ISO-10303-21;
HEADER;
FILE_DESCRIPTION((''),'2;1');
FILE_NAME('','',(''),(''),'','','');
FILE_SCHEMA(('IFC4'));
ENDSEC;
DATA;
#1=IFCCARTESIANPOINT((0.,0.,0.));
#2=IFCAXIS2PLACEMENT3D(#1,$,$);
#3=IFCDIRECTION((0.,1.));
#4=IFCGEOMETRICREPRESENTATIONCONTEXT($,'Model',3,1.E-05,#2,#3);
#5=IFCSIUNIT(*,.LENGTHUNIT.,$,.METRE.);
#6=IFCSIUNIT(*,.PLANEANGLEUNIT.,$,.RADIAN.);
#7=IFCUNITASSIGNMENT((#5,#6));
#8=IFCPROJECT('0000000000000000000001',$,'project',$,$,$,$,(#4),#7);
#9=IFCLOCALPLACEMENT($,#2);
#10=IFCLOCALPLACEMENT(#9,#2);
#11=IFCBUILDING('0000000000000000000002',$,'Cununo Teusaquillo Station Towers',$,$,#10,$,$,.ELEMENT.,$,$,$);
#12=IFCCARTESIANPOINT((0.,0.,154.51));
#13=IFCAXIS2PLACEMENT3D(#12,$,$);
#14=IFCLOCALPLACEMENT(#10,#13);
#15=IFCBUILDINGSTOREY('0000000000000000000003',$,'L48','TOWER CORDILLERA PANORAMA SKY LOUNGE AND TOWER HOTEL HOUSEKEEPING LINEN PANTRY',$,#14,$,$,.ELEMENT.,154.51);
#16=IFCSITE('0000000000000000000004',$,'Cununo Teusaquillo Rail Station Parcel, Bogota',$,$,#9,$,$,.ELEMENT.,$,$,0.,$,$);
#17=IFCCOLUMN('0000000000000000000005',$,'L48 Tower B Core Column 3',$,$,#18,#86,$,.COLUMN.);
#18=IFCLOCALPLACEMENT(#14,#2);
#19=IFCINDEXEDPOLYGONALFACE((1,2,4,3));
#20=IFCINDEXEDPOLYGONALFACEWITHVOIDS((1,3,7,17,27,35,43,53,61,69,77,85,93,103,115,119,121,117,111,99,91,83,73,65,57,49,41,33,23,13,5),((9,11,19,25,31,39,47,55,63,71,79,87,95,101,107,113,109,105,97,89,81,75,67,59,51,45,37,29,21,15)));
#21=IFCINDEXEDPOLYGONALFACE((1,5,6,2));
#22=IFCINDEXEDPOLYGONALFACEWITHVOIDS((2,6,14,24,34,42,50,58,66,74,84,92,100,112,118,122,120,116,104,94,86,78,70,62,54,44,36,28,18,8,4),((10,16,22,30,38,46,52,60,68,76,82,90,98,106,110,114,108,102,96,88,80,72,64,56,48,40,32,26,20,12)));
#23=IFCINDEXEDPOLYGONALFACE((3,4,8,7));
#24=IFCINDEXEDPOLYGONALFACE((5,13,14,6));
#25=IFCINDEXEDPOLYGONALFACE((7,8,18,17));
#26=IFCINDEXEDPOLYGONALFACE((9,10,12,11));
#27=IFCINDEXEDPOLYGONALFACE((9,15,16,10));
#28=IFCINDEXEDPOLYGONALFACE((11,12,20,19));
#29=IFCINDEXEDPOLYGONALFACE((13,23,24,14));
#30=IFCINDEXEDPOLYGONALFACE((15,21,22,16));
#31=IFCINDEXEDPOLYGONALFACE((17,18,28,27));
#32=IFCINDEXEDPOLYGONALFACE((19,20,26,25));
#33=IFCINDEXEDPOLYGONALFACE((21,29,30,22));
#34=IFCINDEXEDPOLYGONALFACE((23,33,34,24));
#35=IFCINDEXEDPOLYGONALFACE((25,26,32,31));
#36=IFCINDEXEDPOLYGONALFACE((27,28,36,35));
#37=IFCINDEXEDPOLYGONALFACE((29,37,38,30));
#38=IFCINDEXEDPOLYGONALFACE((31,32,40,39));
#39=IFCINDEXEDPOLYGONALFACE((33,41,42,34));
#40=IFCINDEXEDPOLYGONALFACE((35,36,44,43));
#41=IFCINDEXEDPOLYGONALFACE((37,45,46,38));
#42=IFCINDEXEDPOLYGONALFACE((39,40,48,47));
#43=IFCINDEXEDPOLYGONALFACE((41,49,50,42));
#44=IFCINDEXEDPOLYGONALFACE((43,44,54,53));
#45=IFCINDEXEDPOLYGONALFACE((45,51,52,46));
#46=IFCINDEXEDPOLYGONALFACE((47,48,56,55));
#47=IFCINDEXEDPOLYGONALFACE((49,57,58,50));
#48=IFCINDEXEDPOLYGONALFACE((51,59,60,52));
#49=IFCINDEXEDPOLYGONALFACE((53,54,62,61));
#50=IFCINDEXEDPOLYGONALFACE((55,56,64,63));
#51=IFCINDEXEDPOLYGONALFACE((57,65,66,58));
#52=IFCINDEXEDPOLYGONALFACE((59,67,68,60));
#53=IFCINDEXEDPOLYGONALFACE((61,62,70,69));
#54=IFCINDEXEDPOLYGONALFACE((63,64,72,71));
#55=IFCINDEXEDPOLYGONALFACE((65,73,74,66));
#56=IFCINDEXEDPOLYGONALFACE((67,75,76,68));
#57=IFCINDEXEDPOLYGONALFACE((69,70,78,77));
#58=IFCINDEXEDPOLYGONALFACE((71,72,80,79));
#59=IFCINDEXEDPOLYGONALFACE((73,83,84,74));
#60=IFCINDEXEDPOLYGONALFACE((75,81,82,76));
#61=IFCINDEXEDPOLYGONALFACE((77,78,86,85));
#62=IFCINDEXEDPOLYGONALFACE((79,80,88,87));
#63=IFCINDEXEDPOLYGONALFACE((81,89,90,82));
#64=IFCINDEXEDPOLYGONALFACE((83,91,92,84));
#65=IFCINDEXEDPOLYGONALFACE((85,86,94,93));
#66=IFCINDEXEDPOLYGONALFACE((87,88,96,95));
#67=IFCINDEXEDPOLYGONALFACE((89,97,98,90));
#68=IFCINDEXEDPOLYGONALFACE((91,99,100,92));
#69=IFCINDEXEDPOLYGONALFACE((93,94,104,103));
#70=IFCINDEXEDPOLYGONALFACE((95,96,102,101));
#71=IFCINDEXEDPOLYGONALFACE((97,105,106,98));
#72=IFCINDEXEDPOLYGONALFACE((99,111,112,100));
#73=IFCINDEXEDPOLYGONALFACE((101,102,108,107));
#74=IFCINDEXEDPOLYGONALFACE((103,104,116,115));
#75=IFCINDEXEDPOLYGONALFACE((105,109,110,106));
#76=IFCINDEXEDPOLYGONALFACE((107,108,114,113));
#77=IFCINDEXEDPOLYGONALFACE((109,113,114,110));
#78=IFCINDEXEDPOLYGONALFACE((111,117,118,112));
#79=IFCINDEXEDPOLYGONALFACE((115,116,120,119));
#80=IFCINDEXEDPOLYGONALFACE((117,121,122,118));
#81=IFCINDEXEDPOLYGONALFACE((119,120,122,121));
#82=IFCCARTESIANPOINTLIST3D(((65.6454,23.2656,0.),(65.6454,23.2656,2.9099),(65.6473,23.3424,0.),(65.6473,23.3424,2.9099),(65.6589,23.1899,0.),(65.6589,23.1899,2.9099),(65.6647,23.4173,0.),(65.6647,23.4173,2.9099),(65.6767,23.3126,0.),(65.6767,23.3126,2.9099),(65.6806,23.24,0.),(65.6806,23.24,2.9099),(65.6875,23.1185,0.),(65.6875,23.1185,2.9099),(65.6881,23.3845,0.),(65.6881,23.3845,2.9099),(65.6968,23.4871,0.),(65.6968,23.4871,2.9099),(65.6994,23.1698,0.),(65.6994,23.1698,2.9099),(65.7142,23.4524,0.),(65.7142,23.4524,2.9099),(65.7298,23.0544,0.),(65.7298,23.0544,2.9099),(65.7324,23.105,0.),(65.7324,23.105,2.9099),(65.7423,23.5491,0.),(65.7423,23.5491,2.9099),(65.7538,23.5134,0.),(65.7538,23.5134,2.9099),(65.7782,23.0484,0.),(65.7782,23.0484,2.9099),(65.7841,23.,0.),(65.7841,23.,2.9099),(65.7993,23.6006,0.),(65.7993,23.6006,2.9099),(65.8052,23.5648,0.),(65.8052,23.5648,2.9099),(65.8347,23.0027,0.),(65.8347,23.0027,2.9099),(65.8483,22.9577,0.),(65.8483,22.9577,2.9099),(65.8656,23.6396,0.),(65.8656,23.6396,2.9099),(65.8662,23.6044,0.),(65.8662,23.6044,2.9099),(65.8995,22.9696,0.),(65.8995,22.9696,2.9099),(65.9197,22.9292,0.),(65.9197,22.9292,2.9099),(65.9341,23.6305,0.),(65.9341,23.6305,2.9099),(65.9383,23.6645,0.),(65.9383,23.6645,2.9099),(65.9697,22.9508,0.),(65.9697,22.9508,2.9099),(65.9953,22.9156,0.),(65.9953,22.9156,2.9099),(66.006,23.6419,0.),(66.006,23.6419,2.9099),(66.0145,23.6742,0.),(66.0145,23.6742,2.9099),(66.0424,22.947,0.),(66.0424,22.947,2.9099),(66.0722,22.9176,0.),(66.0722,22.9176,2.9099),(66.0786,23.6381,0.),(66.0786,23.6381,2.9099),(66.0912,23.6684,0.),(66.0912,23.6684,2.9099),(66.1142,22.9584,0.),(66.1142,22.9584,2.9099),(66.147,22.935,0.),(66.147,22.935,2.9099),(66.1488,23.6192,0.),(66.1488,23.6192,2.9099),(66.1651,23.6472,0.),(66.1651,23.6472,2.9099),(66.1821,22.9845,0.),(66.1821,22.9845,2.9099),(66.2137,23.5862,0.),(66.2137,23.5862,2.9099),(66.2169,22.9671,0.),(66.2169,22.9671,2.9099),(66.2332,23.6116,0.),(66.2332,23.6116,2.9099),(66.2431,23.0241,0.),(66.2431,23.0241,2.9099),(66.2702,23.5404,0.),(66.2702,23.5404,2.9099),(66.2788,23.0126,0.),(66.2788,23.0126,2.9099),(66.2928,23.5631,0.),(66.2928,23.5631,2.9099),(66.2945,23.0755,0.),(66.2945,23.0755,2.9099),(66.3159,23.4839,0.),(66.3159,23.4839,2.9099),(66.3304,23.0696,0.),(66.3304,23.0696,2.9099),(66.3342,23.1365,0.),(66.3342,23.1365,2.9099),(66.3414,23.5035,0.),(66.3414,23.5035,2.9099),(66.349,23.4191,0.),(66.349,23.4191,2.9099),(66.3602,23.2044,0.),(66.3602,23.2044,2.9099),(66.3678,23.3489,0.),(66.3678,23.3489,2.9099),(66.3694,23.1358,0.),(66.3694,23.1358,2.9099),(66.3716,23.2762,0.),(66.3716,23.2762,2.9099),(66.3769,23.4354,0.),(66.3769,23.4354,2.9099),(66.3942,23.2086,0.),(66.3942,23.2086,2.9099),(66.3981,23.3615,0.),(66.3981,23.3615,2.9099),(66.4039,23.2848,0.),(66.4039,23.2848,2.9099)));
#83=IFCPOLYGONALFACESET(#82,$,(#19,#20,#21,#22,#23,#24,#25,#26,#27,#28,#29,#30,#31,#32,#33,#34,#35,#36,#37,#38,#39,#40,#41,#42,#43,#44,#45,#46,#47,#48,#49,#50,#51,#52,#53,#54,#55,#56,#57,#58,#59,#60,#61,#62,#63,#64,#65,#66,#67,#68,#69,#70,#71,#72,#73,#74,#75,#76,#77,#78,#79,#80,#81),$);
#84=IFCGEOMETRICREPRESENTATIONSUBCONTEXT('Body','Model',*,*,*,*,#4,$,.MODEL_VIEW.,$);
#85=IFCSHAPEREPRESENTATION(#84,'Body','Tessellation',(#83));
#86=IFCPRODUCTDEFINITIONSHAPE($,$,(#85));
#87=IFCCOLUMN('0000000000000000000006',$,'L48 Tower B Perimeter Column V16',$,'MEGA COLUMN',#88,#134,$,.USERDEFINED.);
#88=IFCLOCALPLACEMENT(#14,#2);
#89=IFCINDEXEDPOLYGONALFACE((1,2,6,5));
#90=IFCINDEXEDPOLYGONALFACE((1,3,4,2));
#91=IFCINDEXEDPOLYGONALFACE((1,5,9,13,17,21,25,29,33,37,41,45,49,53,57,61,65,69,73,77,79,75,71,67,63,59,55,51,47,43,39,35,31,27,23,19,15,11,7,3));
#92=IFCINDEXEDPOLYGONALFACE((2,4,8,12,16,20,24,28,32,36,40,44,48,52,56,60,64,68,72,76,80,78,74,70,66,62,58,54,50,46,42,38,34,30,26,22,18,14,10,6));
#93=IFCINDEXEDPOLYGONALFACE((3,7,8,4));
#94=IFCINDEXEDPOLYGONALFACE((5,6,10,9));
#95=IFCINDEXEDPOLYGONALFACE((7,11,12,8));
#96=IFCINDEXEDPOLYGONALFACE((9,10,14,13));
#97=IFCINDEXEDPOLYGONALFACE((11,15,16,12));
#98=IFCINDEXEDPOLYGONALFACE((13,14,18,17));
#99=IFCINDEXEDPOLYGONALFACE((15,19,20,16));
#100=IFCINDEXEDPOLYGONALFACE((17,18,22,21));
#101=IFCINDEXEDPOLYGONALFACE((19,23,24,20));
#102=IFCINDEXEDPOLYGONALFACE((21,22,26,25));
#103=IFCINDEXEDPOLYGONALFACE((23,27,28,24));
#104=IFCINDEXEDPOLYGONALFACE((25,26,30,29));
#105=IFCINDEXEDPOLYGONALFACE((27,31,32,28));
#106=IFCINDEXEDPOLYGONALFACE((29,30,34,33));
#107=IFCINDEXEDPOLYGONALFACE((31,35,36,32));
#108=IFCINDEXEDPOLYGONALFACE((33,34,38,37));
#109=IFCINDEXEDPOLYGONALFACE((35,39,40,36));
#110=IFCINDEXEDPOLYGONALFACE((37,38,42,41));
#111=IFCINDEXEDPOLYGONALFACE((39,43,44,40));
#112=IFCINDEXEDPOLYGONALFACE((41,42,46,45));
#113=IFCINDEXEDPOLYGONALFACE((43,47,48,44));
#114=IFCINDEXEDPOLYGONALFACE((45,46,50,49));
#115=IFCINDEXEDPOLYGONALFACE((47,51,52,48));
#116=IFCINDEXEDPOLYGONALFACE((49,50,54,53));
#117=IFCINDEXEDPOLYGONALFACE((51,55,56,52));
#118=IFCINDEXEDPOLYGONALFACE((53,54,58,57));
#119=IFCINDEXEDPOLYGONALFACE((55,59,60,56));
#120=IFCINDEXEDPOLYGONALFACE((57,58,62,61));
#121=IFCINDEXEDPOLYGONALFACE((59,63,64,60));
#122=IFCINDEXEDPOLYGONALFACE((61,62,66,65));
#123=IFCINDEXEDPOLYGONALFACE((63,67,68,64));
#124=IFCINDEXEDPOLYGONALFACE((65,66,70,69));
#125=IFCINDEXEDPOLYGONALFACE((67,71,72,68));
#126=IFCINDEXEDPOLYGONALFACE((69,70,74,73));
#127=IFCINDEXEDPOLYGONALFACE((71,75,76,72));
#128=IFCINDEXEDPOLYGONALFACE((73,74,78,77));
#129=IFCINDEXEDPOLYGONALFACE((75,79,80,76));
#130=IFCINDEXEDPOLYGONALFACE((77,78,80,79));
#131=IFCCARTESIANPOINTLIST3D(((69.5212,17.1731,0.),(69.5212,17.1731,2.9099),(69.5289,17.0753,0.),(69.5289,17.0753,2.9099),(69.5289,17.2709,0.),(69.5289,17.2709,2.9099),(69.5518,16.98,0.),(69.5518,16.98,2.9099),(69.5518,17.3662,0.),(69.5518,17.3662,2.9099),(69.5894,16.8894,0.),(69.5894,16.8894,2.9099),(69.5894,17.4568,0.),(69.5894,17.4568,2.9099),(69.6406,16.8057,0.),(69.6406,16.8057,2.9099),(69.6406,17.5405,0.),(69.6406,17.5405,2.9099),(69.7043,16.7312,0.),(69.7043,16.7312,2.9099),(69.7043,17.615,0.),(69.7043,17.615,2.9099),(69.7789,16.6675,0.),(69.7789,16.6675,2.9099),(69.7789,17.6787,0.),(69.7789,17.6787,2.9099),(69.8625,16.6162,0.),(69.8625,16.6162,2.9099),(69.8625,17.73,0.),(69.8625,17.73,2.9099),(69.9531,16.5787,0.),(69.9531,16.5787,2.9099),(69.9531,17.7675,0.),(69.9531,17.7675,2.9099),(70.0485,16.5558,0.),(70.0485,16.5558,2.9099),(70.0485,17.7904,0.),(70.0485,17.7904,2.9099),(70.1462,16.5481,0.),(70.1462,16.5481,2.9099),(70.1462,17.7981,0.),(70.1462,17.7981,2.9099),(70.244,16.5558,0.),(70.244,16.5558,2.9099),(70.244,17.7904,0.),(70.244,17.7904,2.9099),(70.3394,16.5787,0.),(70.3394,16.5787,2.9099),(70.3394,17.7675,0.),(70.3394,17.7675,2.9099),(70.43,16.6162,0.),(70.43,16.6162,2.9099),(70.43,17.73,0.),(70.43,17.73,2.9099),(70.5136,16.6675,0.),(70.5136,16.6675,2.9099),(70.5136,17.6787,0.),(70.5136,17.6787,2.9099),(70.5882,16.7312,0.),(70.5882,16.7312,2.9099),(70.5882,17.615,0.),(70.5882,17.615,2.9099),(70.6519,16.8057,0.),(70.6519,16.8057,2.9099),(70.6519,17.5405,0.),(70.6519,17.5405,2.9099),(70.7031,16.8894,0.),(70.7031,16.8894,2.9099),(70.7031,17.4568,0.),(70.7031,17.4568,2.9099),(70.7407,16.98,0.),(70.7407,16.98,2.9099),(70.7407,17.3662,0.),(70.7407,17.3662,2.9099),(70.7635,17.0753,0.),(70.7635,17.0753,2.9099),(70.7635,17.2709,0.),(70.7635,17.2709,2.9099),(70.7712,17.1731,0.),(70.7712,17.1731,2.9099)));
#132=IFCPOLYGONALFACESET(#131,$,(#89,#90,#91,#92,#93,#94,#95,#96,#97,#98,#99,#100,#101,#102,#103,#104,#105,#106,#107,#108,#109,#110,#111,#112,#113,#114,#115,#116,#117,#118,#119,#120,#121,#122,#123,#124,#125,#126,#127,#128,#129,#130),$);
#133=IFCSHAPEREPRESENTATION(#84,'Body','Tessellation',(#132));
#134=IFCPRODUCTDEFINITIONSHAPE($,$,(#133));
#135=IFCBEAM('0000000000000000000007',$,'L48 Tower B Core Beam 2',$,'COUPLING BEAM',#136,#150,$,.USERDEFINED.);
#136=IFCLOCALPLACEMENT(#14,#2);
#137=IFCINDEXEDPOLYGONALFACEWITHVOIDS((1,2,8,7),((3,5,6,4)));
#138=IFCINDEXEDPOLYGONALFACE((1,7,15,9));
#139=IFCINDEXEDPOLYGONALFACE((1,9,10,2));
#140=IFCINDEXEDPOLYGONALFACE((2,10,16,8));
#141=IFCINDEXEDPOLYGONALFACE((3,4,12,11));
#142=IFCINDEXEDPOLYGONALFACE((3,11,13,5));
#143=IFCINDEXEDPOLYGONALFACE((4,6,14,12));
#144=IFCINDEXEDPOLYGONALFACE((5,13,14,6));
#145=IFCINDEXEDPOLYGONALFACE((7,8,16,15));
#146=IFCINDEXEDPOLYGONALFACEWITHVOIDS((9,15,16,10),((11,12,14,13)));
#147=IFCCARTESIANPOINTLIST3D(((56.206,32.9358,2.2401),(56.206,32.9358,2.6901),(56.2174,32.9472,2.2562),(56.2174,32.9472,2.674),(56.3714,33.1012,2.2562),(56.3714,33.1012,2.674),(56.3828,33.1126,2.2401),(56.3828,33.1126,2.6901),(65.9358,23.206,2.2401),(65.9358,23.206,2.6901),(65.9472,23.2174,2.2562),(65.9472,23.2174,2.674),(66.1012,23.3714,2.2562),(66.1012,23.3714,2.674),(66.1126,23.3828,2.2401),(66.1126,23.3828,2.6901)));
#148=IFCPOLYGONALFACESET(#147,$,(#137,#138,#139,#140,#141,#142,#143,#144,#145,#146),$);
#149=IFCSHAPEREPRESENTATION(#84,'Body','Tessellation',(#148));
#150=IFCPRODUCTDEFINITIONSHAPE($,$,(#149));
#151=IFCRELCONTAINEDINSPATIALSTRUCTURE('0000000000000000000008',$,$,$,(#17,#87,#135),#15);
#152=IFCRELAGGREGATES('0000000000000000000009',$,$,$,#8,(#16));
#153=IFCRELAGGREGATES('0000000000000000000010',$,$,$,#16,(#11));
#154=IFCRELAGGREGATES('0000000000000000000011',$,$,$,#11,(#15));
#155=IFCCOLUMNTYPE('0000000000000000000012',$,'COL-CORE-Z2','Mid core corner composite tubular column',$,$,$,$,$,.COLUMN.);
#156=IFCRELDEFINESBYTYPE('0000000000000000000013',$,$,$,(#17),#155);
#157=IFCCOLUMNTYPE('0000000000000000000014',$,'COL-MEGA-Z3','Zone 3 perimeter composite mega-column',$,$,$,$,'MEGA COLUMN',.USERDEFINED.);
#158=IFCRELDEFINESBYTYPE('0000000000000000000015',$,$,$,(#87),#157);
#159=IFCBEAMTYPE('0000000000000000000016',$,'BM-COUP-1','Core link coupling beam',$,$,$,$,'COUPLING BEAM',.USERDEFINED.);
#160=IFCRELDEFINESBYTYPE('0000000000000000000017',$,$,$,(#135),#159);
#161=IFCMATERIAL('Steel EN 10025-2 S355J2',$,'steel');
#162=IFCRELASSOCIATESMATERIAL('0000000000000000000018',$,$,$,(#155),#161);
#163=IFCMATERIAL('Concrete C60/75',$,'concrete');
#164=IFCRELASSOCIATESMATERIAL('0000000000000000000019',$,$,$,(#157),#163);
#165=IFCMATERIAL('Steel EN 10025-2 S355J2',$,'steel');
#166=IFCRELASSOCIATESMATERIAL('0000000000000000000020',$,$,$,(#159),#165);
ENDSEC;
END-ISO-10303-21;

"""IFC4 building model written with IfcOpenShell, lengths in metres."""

from ifc_helpers import new_model, si_unit, direction, frame, origin, origin_2d, place, context, subcontext, project, spatial, hollow_rectangle, circle, hollow_circle, extrude, material, material_profile, profile_set, type_object, element, save


model = new_model("IFC4")

# Units and contexts
model_context = context("Model", 3, precision=1e-05, world=origin(), true_north=direction((0.0, 1.0)))
body_context = subcontext(model_context, "Body", "Model", "MODEL_VIEW")
ifc_project = project(units=[si_unit("LENGTHUNIT", "METRE"), si_unit("PLANEANGLEUNIT", "RADIAN")], contexts=[model_context])

# Site, building, storey
site_placement = place(None, origin())
site = spatial("IfcSite", under=ifc_project, at=site_placement, Name="Cununo Teusaquillo Rail Station Parcel, Bogota", CompositionType="ELEMENT", RefElevation=0.0)
building_placement = place(site_placement, origin())
building = spatial("IfcBuilding", under=site, at=building_placement, Name="Cununo Teusaquillo Station Towers", CompositionType="ELEMENT")
storey_placement = place(building_placement, frame((0.0, 0.0, 154.51)))
storey = spatial("IfcBuildingStorey", under=building, at=storey_placement, Name="L48", Description="TOWER CORDILLERA PANORAMA SKY LOUNGE AND TOWER HOTEL HOUSEKEEPING LINEN PANTRY", CompositionType="ELEMENT", Elevation=154.51)

# Columns
ifc_material_1 = material(Name="Steel EN 10025-2 S355J2", Category="steel")
ifc_material_profile_1 = material_profile(ifc_material_1, hollow_circle(Radius=0.3799, WallThickness=0.032, at=origin_2d()), Name="CHS 760x32")
ifc_profile_set_1 = profile_set([ifc_material_profile_1], Name="Steel EN 10025-2 S355J2")
column_type_1 = type_object("IfcColumnType", Name="COL-CORE-Z2", Description="Mid core corner composite tubular column", PredefinedType="COLUMN", material=ifc_profile_set_1)
column_1_placement = place(storey_placement, frame((66.0242, 23.2944, 0.0), z_axis=(0.0, 0.0, 1.0), x_axis=(0.707107, 0.707107, 0.0)))
element("IfcColumn", 1, at=column_1_placement, inside=storey, type_object=column_type_1, Name="L48 Tower B Core Column 3", PredefinedType="COLUMN", context=body_context, shape_type="SweptSolid", body=[
    extrude(hollow_circle(Radius=0.3799, WallThickness=0.032, at=origin_2d()), origin(), (0.0, 0.0, 1.0), 2.9099),
])
ifc_material_2 = material(Name="Concrete C60/75", Category="concrete")
ifc_material_profile_2 = material_profile(ifc_material_2, circle(Radius=0.625, at=origin_2d()), Name="RC-CIRC-1250")
ifc_profile_set_2 = profile_set([ifc_material_profile_2], Name="Concrete C60/75")
column_type_2 = type_object("IfcColumnType", Name="COL-MEGA-Z3", Description="Zone 3 perimeter composite mega-column", ElementType="MEGA COLUMN", PredefinedType="USERDEFINED", material=ifc_profile_set_2)
column_2_placement = place(storey_placement, frame((70.1462, 17.1731, 0.0), z_axis=(0.0, 0.0, 1.0), x_axis=(1.0, 0.0, 0.0)))
element("IfcColumn", 2, at=column_2_placement, inside=storey, type_object=column_type_2, Name="L48 Tower B Perimeter Column V16", ObjectType="MEGA COLUMN", PredefinedType="USERDEFINED", context=body_context, shape_type="SweptSolid", body=[
    extrude(circle(Radius=0.625, at=origin_2d()), origin(), (0.0, 0.0, 1.0), 2.9099),
])

# Beam
ifc_material_3 = material(Name="Steel EN 10025-2 S355J2", Category="steel")
ifc_material_profile_3 = material_profile(ifc_material_3, hollow_rectangle(XDim=0.25, YDim=0.45, WallThickness=0.0161, at=origin_2d()), Name="RHS 450x250x16")
ifc_profile_set_3 = profile_set([ifc_material_profile_3], Name="Steel EN 10025-2 S355J2")
beam_type_1 = type_object("IfcBeamType", Name="BM-COUP-1", Description="Core link coupling beam", ElementType="COUPLING BEAM", PredefinedType="USERDEFINED", material=ifc_profile_set_3)
beam_1_placement = place(storey_placement, frame((66.0242, 23.2944, 2.4651), z_axis=(-0.707107, 0.707107, 0.0), x_axis=(-0.707107, -0.707107, 0.0)))
element("IfcBeam", 3, at=beam_1_placement, inside=storey, type_object=beam_type_1, Name="L48 Tower B Core Beam 2", ObjectType="COUPLING BEAM", PredefinedType="USERDEFINED", context=body_context, shape_type="SweptSolid", body=[
    extrude(hollow_rectangle(XDim=0.25, YDim=0.45, WallThickness=0.0161, at=origin_2d()), origin(), (0.0, 0.0, 1.0), 13.76),
])

save(model, "model.ifc")
